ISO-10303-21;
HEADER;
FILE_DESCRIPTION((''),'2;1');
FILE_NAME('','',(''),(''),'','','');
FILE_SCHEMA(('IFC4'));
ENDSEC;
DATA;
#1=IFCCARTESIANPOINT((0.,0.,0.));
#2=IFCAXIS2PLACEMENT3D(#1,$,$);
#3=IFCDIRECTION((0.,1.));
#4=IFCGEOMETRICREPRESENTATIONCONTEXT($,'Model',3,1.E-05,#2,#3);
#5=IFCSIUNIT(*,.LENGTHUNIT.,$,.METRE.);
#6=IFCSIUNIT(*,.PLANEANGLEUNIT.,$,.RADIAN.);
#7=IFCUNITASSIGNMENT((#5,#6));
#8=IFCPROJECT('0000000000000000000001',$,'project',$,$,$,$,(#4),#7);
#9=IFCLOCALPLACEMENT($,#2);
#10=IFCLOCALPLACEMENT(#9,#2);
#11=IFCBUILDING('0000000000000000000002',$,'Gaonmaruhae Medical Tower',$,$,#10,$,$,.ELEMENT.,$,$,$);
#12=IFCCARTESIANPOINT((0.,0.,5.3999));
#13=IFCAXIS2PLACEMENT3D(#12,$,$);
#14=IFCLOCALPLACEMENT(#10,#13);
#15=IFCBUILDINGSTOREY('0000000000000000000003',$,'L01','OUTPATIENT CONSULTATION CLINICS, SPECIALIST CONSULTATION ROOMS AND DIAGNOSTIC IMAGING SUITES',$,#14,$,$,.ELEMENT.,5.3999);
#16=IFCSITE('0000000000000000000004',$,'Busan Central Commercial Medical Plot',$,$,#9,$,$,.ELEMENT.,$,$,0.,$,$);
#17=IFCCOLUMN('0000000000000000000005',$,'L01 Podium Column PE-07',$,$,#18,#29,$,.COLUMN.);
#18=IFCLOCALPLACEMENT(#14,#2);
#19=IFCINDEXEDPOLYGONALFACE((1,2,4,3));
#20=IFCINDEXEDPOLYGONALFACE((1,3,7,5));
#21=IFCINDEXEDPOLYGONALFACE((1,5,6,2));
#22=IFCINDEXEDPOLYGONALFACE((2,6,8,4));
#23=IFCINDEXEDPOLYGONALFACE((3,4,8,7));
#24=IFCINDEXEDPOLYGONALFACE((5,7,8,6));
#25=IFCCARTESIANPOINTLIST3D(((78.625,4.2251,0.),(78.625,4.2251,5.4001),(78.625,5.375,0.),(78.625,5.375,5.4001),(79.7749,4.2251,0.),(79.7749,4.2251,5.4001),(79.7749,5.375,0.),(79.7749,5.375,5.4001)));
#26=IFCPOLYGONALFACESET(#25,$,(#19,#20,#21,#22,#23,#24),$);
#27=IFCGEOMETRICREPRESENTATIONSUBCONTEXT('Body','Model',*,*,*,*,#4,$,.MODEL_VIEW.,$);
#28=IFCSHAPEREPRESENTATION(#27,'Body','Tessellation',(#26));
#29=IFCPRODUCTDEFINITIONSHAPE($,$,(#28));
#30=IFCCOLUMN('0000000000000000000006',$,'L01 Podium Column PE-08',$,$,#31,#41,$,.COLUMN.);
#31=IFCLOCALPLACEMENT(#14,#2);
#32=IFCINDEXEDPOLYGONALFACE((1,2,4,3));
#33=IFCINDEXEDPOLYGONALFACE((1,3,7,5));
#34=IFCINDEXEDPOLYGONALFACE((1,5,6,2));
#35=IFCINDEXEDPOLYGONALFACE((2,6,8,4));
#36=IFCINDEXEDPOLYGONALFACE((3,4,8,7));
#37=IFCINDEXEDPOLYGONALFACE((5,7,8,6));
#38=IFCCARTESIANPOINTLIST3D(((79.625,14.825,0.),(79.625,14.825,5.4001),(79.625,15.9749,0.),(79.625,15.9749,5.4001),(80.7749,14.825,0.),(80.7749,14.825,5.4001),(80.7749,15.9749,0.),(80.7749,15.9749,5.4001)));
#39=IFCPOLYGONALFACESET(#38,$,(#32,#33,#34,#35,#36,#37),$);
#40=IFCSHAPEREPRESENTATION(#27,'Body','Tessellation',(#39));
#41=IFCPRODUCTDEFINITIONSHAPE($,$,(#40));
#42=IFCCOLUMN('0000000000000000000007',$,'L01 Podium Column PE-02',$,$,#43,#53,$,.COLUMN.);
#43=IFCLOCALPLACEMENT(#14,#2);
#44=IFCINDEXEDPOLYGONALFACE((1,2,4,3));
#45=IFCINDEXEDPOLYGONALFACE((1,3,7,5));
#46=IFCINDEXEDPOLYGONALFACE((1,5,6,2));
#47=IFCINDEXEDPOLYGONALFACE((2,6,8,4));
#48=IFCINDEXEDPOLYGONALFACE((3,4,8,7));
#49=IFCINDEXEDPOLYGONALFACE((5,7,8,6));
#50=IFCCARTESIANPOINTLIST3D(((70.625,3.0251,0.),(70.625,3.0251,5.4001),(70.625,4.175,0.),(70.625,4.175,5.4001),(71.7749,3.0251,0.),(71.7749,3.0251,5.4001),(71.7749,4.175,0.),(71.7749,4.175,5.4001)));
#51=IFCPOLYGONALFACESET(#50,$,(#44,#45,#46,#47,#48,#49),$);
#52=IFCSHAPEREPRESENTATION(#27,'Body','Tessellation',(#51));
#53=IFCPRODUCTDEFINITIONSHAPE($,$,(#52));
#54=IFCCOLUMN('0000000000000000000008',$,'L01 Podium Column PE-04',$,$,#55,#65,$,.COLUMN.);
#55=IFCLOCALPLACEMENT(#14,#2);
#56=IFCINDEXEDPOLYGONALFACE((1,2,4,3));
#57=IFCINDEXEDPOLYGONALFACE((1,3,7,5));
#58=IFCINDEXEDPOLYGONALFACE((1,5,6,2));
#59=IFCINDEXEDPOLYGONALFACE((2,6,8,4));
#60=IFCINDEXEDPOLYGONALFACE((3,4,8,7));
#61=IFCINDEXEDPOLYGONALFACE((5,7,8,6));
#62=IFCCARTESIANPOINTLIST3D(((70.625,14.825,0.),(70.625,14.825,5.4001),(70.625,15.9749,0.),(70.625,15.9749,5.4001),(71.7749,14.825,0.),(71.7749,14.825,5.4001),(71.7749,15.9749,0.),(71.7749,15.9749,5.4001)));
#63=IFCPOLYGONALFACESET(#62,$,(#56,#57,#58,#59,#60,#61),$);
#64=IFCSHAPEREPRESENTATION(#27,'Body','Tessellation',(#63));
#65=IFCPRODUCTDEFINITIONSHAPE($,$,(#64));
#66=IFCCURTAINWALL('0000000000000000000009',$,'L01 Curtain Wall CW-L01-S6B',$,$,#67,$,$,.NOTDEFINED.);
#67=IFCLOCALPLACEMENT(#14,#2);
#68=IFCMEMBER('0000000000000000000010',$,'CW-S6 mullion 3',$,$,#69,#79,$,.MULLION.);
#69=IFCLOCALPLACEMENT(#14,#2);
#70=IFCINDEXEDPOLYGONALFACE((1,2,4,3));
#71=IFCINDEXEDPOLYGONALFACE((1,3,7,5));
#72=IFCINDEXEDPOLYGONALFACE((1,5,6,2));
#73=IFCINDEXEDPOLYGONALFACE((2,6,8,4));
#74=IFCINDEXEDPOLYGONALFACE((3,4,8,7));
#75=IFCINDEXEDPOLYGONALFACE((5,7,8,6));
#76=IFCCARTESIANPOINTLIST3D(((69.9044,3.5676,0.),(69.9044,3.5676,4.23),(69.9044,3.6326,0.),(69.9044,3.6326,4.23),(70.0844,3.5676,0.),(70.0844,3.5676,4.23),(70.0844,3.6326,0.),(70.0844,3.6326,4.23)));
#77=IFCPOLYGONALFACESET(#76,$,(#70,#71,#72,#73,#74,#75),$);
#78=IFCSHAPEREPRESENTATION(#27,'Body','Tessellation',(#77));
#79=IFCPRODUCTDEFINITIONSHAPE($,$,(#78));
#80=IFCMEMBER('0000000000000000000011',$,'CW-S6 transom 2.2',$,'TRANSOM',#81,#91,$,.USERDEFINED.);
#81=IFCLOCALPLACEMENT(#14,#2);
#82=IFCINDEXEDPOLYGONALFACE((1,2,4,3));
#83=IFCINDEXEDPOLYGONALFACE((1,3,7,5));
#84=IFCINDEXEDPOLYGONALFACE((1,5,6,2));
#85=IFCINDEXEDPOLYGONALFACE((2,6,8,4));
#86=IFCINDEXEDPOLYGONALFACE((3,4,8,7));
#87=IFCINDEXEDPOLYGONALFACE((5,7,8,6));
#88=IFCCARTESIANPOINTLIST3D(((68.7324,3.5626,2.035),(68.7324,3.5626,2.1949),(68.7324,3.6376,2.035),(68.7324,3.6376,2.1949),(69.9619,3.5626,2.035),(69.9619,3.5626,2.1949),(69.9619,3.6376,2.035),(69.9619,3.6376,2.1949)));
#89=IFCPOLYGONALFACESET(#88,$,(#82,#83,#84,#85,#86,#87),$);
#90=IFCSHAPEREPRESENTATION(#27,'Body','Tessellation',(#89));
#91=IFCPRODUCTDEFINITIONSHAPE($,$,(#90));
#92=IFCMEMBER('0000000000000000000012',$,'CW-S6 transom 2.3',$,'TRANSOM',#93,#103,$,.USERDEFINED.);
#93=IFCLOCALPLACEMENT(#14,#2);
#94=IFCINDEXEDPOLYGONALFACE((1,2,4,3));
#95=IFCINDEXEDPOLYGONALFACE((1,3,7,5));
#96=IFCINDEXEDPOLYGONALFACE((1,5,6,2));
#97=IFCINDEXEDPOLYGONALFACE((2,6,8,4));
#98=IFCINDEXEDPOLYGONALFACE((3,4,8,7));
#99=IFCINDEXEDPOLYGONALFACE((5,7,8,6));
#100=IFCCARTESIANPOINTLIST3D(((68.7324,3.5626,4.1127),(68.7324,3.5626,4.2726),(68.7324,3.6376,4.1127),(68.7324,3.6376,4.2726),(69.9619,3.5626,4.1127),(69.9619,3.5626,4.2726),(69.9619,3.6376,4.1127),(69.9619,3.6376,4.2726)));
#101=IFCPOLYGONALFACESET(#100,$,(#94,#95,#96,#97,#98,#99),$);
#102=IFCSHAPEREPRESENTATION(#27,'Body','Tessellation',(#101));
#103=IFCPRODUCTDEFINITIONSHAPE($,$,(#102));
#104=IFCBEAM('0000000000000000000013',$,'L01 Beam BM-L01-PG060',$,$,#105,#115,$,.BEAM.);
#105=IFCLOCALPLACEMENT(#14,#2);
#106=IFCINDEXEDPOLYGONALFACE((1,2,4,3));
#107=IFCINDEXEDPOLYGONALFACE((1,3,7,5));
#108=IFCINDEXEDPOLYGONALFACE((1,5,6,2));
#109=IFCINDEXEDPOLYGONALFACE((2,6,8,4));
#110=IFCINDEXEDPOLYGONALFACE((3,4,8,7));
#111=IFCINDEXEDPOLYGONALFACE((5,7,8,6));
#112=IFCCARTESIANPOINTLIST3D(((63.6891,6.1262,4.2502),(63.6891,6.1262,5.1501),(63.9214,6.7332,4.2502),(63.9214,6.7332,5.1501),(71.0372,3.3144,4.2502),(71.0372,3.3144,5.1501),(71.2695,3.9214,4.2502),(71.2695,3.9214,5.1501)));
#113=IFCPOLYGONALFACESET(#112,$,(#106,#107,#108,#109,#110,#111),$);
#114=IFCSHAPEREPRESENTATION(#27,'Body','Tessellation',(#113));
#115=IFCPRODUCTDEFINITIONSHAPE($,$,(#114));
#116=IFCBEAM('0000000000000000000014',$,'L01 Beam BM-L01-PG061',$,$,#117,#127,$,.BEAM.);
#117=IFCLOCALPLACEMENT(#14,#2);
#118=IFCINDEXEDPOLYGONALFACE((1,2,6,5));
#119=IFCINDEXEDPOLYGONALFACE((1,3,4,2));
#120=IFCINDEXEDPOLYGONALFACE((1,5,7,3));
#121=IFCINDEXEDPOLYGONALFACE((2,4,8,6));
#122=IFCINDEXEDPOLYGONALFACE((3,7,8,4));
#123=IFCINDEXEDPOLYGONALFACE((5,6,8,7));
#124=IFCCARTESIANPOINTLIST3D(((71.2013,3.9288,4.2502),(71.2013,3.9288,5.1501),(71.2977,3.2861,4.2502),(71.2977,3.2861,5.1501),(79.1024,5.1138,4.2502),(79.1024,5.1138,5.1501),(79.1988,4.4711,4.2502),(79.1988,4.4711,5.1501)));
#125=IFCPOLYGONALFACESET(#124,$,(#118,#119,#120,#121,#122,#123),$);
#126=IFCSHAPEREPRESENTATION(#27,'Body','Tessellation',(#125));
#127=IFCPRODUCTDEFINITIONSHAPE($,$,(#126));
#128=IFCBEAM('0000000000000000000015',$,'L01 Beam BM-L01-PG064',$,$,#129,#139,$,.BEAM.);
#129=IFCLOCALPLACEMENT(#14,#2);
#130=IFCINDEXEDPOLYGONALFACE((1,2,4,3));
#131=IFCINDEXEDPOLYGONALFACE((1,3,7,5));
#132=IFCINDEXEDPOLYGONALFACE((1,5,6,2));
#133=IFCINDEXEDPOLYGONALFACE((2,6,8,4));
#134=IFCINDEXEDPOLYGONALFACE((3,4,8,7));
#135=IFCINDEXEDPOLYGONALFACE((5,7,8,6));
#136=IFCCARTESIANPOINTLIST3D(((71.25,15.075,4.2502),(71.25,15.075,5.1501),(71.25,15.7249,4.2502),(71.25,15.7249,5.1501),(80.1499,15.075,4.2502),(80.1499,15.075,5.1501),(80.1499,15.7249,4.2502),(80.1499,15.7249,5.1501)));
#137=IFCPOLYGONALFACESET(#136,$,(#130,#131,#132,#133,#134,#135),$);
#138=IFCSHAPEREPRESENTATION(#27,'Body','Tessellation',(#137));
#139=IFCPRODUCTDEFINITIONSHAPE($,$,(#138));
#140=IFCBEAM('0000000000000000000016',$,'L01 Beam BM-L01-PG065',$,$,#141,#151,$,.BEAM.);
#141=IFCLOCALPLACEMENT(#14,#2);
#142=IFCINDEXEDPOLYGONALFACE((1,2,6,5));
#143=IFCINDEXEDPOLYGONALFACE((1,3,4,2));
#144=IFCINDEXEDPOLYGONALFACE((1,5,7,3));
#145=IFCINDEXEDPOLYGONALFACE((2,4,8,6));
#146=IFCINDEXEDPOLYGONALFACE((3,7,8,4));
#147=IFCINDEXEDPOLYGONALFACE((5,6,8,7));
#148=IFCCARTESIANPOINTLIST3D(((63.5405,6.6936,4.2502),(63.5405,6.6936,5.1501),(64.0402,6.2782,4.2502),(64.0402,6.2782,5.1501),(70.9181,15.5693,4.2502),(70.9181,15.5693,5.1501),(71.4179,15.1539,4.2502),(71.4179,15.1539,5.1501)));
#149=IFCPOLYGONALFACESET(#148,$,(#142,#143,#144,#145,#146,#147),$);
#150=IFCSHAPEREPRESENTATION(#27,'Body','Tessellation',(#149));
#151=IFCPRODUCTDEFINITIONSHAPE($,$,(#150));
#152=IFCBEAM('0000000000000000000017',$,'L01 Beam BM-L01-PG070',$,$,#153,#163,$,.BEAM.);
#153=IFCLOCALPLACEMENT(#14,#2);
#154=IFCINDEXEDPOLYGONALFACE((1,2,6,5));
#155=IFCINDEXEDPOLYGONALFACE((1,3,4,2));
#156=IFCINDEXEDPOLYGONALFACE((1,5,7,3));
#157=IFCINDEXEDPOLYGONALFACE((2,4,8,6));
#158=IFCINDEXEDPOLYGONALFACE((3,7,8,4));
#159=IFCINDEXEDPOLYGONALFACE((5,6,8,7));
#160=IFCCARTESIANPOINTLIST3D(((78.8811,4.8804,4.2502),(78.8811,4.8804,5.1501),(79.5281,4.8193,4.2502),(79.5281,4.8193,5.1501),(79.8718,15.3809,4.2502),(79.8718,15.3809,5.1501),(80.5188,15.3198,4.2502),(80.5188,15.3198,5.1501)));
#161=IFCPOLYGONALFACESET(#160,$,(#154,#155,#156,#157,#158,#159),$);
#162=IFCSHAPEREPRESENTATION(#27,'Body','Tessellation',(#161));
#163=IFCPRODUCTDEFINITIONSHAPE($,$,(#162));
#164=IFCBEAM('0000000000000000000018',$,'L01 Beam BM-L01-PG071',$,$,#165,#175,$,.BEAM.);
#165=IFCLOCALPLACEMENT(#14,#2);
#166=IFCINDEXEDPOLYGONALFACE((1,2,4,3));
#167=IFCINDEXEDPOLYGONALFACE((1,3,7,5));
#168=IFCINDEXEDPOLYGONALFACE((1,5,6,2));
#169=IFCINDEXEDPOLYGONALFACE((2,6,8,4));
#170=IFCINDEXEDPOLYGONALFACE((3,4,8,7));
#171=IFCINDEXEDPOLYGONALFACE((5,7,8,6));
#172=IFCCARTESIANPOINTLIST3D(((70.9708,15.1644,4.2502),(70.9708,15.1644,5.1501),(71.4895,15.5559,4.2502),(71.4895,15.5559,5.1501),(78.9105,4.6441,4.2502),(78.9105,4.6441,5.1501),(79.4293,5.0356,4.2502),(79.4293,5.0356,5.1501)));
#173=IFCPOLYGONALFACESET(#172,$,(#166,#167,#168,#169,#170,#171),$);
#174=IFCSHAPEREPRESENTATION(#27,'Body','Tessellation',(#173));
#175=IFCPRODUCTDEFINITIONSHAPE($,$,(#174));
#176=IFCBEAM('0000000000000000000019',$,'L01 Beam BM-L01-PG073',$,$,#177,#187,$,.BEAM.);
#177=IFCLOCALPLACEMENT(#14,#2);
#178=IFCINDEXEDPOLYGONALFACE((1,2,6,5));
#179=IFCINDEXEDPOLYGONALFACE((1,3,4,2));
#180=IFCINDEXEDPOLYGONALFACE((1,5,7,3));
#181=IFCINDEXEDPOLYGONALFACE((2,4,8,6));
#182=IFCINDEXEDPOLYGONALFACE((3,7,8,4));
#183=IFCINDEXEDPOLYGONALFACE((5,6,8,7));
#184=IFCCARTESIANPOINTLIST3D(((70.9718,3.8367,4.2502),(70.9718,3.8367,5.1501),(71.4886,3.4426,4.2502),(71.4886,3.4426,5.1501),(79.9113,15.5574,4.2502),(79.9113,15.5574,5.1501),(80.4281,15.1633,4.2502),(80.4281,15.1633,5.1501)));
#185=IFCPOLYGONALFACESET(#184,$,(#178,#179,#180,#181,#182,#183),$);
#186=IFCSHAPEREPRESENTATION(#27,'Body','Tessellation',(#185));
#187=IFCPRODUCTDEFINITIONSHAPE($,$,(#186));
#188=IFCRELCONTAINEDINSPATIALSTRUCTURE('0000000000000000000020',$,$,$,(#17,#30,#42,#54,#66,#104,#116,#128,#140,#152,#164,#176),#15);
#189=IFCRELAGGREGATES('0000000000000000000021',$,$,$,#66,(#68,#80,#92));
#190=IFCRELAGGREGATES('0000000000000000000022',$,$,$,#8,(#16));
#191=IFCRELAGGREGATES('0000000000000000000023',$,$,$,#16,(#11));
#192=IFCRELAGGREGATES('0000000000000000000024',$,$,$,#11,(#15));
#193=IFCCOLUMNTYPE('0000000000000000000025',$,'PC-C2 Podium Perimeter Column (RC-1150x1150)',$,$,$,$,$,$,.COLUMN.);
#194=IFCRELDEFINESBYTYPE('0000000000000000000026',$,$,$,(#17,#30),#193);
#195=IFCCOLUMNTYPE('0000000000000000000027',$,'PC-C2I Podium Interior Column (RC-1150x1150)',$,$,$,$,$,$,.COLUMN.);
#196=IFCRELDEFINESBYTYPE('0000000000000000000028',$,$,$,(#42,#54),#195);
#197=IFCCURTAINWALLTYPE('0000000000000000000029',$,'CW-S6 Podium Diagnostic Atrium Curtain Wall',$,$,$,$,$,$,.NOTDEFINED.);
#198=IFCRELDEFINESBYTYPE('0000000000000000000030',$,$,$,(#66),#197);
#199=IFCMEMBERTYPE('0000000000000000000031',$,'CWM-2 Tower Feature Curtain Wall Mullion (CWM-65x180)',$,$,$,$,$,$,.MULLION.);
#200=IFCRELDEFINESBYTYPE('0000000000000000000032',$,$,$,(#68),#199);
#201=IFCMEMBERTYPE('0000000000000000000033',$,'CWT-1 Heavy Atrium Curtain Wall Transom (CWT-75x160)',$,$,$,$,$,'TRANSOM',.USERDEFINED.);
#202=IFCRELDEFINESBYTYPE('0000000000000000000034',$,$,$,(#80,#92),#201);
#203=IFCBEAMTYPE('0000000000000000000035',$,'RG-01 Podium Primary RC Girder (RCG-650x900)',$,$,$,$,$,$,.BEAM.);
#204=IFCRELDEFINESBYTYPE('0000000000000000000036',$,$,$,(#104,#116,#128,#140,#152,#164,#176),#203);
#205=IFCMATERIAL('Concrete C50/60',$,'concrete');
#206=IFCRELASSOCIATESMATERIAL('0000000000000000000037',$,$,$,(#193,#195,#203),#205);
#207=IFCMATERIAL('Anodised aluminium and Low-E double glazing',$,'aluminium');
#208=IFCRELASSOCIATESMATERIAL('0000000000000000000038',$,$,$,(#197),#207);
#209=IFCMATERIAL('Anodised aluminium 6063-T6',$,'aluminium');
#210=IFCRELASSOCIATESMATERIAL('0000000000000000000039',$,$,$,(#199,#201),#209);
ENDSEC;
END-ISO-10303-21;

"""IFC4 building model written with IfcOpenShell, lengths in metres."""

from ifc_helpers import new_model, si_unit, direction, frame, origin, origin_2d, place, context, subcontext, project, spatial, rectangle, extrude, material, material_profile, profile_set, type_object, element, aggregate, save


model = new_model("IFC4")

# Units and contexts
model_context = context("Model", 3, precision=1e-05, world=origin(), true_north=direction((0.0, 1.0)))
body_context = subcontext(model_context, "Body", "Model", "MODEL_VIEW")
ifc_project = project(units=[si_unit("LENGTHUNIT", "METRE"), si_unit("PLANEANGLEUNIT", "RADIAN")], contexts=[model_context])

# Site, building, storey
site_placement = place(None, origin())
site = spatial("IfcSite", under=ifc_project, at=site_placement, Name="Busan Central Commercial Medical Plot", CompositionType="ELEMENT", RefElevation=0.0)
building_placement = place(site_placement, origin())
building = spatial("IfcBuilding", under=site, at=building_placement, Name="Gaonmaruhae Medical Tower", CompositionType="ELEMENT")
storey_placement = place(building_placement, frame((0.0, 0.0, 5.3999)))
storey = spatial("IfcBuildingStorey", under=building, at=storey_placement, Name="L01", Description="OUTPATIENT CONSULTATION CLINICS, SPECIALIST CONSULTATION ROOMS AND DIAGNOSTIC IMAGING SUITES", CompositionType="ELEMENT", Elevation=5.3999)

# Columns
ifc_material_1 = material(Name="Concrete C50/60", Category="concrete")
ifc_material_profile_1 = material_profile(ifc_material_1, rectangle(XDim=1.1499, YDim=1.1499, at=origin_2d()), Name="RC-1150x1150")
ifc_profile_set_1 = profile_set([ifc_material_profile_1], Name="Concrete C50/60")
column_type_1 = type_object("IfcColumnType", Name="PC-C2 Podium Perimeter Column (RC-1150x1150)", PredefinedType="COLUMN", material=ifc_profile_set_1)
for number, where, z_axis, x_axis, name in (
    (1, (79.2, 4.8, 0.0), (0.0, 0.0, 1.0), (1.0, 0.0, 0.0), "L01 Podium Column PE-07"),
    (2, (80.2, 15.3999, 0.0), (0.0, 0.0, 1.0), (1.0, 0.0, 0.0), "L01 Podium Column PE-08"),
):
    element("IfcColumn", number, at=place(storey_placement, frame(where, z_axis=z_axis, x_axis=x_axis)), inside=storey, type_object=column_type_1, Name=name, PredefinedType="COLUMN", context=body_context, shape_type="SweptSolid", body=[
        extrude(rectangle(XDim=1.1499, YDim=1.1499, at=origin_2d()), origin(), (0.0, 0.0, 1.0), 5.4001),
    ])
ifc_material_profile_2 = material_profile(ifc_material_1, rectangle(XDim=1.1499, YDim=1.1499, at=origin_2d()), Name="RC-1150x1150")
ifc_profile_set_2 = profile_set([ifc_material_profile_2], Name="Concrete C50/60")
column_type_2 = type_object("IfcColumnType", Name="PC-C2I Podium Interior Column (RC-1150x1150)", PredefinedType="COLUMN", material=ifc_profile_set_2)
for number, where, z_axis, x_axis, name in (
    (3, (71.2, 3.6001, 0.0), (0.0, 0.0, 1.0), (1.0, 0.0, 0.0), "L01 Podium Column PE-02"),
    (4, (71.2, 15.3999, 0.0), (0.0, 0.0, 1.0), (1.0, 0.0, 0.0), "L01 Podium Column PE-04"),
):
    element("IfcColumn", number, at=place(storey_placement, frame(where, z_axis=z_axis, x_axis=x_axis)), inside=storey, type_object=column_type_2, Name=name, PredefinedType="COLUMN", context=body_context, shape_type="SweptSolid", body=[
        extrude(rectangle(XDim=1.1499, YDim=1.1499, at=origin_2d()), origin(), (0.0, 0.0, 1.0), 5.4001),
    ])

# Curtain wall, members
ifc_material_2 = material(Name="Anodised aluminium and Low-E double glazing", Category="aluminium")
curtain_wall_type = type_object("IfcCurtainWallType", Name="CW-S6 Podium Diagnostic Atrium Curtain Wall", PredefinedType="NOTDEFINED", material=ifc_material_2)
curtain_wall_placement = place(storey_placement, origin())
curtain_wall = element("IfcCurtainWall", 5, at=curtain_wall_placement, inside=storey, type_object=curtain_wall_type, Name="L01 Curtain Wall CW-L01-S6B", PredefinedType="NOTDEFINED")
ifc_material_3 = material(Name="Anodised aluminium 6063-T6", Category="aluminium")
ifc_material_profile_3 = material_profile(ifc_material_3, rectangle(XDim=0.0649, YDim=0.1799, at=origin_2d()), Name="CWM-65x180")
ifc_profile_set_3 = profile_set([ifc_material_profile_3], Name="Anodised aluminium 6063-T6")
member_type_1 = type_object("IfcMemberType", Name="CWM-2 Tower Feature Curtain Wall Mullion (CWM-65x180)", PredefinedType="MULLION", material=ifc_profile_set_3)
member_1_placement = place(storey_placement, frame((69.9944, 3.6001, 0.0), z_axis=(0.0, 0.0, 1.0), x_axis=(0.0, 1.0, 0.0)))
member_1 = element("IfcMember", 6, at=member_1_placement, type_object=member_type_1, Name="CW-S6 mullion 3", PredefinedType="MULLION", context=body_context, shape_type="SweptSolid", body=[
    extrude(rectangle(XDim=0.0649, YDim=0.1799, at=origin_2d()), origin(), (0.0, 0.0, 1.0), 4.23),
])
ifc_material_profile_4 = material_profile(ifc_material_3, rectangle(XDim=0.075, YDim=0.1599, at=origin_2d()), Name="CWT-75x160")
ifc_profile_set_4 = profile_set([ifc_material_profile_4], Name="Anodised aluminium 6063-T6")
member_type_2 = type_object("IfcMemberType", Name="CWT-1 Heavy Atrium Curtain Wall Transom (CWT-75x160)", ElementType="TRANSOM", PredefinedType="USERDEFINED", material=ifc_profile_set_4)
member_2_placement = place(storey_placement, frame((68.7324, 3.6001, 2.115), z_axis=(1.0, 0.0, 0.0), x_axis=(0.0, 1.0, 0.0)))
member_2 = element("IfcMember", 7, at=member_2_placement, type_object=member_type_2, Name="CW-S6 transom 2.2", ObjectType="TRANSOM", PredefinedType="USERDEFINED", context=body_context, shape_type="SweptSolid", body=[
    extrude(rectangle(XDim=0.075, YDim=0.1599, at=origin_2d()), origin(), (0.0, 0.0, 1.0), 1.2295),
])
member_3_placement = place(storey_placement, frame((68.7324, 3.6001, 4.1926), z_axis=(1.0, 0.0, 0.0), x_axis=(0.0, 1.0, 0.0)))
member_3 = element("IfcMember", 8, at=member_3_placement, type_object=member_type_2, Name="CW-S6 transom 2.3", ObjectType="TRANSOM", PredefinedType="USERDEFINED", context=body_context, shape_type="SweptSolid", body=[
    extrude(rectangle(XDim=0.075, YDim=0.1599, at=origin_2d()), origin(), (0.0, 0.0, 1.0), 1.2295),
])

# Beams
ifc_material_profile_5 = material_profile(ifc_material_1, rectangle(XDim=0.6499, YDim=0.8999, at=origin_2d()), Name="RCG-650x900")
ifc_profile_set_5 = profile_set([ifc_material_profile_5], Name="Concrete C50/60")
beam_type = type_object("IfcBeamType", Name="RG-01 Podium Primary RC Girder (RCG-650x900)", PredefinedType="BEAM", material=ifc_profile_set_5)
beam_1_placement = place(storey_placement, frame((71.1533, 3.6179, 4.7002), z_axis=(-0.933959, 0.35738, 0.0), x_axis=(-0.35738, -0.933959, 0.0)))
element("IfcBeam", 9, at=beam_1_placement, inside=storey, type_object=beam_type, Name="L01 Beam BM-L01-PG060", PredefinedType="BEAM", context=body_context, shape_type="SweptSolid", body=[
    extrude(rectangle(XDim=0.6499, YDim=0.8999, at=origin_2d()), origin(), (0.0, 0.0, 1.0), 7.8677),
])
beam_2_placement = place(storey_placement, frame((71.2495, 3.6074, 4.7002), z_axis=(0.988938, 0.148327, 0.0), x_axis=(-0.148327, 0.988938, 0.0)))
element("IfcBeam", 10, at=beam_2_placement, inside=storey, type_object=beam_type, Name="L01 Beam BM-L01-PG061", PredefinedType="BEAM", context=body_context, shape_type="SweptSolid", body=[
    extrude(rectangle(XDim=0.6499, YDim=0.8999, at=origin_2d()), origin(), (0.0, 0.0, 1.0), 7.9895),
])
beam_3_placement = place(storey_placement, frame((71.25, 15.3999, 4.7002), z_axis=(1.0, 0.0, 0.0), x_axis=(0.0, 1.0, 0.0)))
element("IfcBeam", 11, at=beam_3_placement, inside=storey, type_object=beam_type, Name="L01 Beam BM-L01-PG064", PredefinedType="BEAM", context=body_context, shape_type="SweptSolid", body=[
    extrude(rectangle(XDim=0.6499, YDim=0.8999, at=origin_2d()), origin(), (0.0, 0.0, 1.0), 8.8999),
])
beam_4_placement = place(storey_placement, frame((71.168, 15.3616, 4.7002), z_axis=(-0.639225, -0.76902, 0.0), x_axis=(0.76902, -0.639225, 0.0)))
element("IfcBeam", 12, at=beam_4_placement, inside=storey, type_object=beam_type, Name="L01 Beam BM-L01-PG065", PredefinedType="BEAM", context=body_context, shape_type="SweptSolid", body=[
    extrude(rectangle(XDim=0.6499, YDim=0.8999, at=origin_2d()), origin(), (0.0, 0.0, 1.0), 11.5415),
])
beam_5_placement = place(storey_placement, frame((79.2046, 4.8499, 4.7002), z_axis=(0.093933, 0.995579, 0.0), x_axis=(-0.995579, 0.093933, 0.0)))
element("IfcBeam", 13, at=beam_5_placement, inside=storey, type_object=beam_type, Name="L01 Beam BM-L01-PG070", PredefinedType="BEAM", context=body_context, shape_type="SweptSolid", body=[
    extrude(rectangle(XDim=0.6499, YDim=0.8999, at=origin_2d()), origin(), (0.0, 0.0, 1.0), 10.5471),
])
beam_6_placement = place(storey_placement, frame((79.1699, 4.8398, 4.7002), z_axis=(-0.602401, 0.798194, 0.0), x_axis=(-0.798194, -0.602401, 0.0)))
element("IfcBeam", 14, at=beam_6_placement, inside=storey, type_object=beam_type, Name="L01 Beam BM-L01-PG071", PredefinedType="BEAM", context=body_context, shape_type="SweptSolid", body=[
    extrude(rectangle(XDim=0.6499, YDim=0.8999, at=origin_2d()), origin(), (0.0, 0.0, 1.0), 13.1802),
])
beam_7_placement = place(storey_placement, frame((80.1697, 15.3604, 4.7002), z_axis=(-0.606446, -0.795124, 0.0), x_axis=(0.795124, -0.606446, 0.0)))
element("IfcBeam", 15, at=beam_7_placement, inside=storey, type_object=beam_type, Name="L01 Beam BM-L01-PG073", PredefinedType="BEAM", context=body_context, shape_type="SweptSolid", body=[
    extrude(rectangle(XDim=0.6499, YDim=0.8999, at=origin_2d()), origin(), (0.0, 0.0, 1.0), 14.7407),
])

aggregate(curtain_wall, [member_1, member_2, member_3])

save(model, "model.ifc")
